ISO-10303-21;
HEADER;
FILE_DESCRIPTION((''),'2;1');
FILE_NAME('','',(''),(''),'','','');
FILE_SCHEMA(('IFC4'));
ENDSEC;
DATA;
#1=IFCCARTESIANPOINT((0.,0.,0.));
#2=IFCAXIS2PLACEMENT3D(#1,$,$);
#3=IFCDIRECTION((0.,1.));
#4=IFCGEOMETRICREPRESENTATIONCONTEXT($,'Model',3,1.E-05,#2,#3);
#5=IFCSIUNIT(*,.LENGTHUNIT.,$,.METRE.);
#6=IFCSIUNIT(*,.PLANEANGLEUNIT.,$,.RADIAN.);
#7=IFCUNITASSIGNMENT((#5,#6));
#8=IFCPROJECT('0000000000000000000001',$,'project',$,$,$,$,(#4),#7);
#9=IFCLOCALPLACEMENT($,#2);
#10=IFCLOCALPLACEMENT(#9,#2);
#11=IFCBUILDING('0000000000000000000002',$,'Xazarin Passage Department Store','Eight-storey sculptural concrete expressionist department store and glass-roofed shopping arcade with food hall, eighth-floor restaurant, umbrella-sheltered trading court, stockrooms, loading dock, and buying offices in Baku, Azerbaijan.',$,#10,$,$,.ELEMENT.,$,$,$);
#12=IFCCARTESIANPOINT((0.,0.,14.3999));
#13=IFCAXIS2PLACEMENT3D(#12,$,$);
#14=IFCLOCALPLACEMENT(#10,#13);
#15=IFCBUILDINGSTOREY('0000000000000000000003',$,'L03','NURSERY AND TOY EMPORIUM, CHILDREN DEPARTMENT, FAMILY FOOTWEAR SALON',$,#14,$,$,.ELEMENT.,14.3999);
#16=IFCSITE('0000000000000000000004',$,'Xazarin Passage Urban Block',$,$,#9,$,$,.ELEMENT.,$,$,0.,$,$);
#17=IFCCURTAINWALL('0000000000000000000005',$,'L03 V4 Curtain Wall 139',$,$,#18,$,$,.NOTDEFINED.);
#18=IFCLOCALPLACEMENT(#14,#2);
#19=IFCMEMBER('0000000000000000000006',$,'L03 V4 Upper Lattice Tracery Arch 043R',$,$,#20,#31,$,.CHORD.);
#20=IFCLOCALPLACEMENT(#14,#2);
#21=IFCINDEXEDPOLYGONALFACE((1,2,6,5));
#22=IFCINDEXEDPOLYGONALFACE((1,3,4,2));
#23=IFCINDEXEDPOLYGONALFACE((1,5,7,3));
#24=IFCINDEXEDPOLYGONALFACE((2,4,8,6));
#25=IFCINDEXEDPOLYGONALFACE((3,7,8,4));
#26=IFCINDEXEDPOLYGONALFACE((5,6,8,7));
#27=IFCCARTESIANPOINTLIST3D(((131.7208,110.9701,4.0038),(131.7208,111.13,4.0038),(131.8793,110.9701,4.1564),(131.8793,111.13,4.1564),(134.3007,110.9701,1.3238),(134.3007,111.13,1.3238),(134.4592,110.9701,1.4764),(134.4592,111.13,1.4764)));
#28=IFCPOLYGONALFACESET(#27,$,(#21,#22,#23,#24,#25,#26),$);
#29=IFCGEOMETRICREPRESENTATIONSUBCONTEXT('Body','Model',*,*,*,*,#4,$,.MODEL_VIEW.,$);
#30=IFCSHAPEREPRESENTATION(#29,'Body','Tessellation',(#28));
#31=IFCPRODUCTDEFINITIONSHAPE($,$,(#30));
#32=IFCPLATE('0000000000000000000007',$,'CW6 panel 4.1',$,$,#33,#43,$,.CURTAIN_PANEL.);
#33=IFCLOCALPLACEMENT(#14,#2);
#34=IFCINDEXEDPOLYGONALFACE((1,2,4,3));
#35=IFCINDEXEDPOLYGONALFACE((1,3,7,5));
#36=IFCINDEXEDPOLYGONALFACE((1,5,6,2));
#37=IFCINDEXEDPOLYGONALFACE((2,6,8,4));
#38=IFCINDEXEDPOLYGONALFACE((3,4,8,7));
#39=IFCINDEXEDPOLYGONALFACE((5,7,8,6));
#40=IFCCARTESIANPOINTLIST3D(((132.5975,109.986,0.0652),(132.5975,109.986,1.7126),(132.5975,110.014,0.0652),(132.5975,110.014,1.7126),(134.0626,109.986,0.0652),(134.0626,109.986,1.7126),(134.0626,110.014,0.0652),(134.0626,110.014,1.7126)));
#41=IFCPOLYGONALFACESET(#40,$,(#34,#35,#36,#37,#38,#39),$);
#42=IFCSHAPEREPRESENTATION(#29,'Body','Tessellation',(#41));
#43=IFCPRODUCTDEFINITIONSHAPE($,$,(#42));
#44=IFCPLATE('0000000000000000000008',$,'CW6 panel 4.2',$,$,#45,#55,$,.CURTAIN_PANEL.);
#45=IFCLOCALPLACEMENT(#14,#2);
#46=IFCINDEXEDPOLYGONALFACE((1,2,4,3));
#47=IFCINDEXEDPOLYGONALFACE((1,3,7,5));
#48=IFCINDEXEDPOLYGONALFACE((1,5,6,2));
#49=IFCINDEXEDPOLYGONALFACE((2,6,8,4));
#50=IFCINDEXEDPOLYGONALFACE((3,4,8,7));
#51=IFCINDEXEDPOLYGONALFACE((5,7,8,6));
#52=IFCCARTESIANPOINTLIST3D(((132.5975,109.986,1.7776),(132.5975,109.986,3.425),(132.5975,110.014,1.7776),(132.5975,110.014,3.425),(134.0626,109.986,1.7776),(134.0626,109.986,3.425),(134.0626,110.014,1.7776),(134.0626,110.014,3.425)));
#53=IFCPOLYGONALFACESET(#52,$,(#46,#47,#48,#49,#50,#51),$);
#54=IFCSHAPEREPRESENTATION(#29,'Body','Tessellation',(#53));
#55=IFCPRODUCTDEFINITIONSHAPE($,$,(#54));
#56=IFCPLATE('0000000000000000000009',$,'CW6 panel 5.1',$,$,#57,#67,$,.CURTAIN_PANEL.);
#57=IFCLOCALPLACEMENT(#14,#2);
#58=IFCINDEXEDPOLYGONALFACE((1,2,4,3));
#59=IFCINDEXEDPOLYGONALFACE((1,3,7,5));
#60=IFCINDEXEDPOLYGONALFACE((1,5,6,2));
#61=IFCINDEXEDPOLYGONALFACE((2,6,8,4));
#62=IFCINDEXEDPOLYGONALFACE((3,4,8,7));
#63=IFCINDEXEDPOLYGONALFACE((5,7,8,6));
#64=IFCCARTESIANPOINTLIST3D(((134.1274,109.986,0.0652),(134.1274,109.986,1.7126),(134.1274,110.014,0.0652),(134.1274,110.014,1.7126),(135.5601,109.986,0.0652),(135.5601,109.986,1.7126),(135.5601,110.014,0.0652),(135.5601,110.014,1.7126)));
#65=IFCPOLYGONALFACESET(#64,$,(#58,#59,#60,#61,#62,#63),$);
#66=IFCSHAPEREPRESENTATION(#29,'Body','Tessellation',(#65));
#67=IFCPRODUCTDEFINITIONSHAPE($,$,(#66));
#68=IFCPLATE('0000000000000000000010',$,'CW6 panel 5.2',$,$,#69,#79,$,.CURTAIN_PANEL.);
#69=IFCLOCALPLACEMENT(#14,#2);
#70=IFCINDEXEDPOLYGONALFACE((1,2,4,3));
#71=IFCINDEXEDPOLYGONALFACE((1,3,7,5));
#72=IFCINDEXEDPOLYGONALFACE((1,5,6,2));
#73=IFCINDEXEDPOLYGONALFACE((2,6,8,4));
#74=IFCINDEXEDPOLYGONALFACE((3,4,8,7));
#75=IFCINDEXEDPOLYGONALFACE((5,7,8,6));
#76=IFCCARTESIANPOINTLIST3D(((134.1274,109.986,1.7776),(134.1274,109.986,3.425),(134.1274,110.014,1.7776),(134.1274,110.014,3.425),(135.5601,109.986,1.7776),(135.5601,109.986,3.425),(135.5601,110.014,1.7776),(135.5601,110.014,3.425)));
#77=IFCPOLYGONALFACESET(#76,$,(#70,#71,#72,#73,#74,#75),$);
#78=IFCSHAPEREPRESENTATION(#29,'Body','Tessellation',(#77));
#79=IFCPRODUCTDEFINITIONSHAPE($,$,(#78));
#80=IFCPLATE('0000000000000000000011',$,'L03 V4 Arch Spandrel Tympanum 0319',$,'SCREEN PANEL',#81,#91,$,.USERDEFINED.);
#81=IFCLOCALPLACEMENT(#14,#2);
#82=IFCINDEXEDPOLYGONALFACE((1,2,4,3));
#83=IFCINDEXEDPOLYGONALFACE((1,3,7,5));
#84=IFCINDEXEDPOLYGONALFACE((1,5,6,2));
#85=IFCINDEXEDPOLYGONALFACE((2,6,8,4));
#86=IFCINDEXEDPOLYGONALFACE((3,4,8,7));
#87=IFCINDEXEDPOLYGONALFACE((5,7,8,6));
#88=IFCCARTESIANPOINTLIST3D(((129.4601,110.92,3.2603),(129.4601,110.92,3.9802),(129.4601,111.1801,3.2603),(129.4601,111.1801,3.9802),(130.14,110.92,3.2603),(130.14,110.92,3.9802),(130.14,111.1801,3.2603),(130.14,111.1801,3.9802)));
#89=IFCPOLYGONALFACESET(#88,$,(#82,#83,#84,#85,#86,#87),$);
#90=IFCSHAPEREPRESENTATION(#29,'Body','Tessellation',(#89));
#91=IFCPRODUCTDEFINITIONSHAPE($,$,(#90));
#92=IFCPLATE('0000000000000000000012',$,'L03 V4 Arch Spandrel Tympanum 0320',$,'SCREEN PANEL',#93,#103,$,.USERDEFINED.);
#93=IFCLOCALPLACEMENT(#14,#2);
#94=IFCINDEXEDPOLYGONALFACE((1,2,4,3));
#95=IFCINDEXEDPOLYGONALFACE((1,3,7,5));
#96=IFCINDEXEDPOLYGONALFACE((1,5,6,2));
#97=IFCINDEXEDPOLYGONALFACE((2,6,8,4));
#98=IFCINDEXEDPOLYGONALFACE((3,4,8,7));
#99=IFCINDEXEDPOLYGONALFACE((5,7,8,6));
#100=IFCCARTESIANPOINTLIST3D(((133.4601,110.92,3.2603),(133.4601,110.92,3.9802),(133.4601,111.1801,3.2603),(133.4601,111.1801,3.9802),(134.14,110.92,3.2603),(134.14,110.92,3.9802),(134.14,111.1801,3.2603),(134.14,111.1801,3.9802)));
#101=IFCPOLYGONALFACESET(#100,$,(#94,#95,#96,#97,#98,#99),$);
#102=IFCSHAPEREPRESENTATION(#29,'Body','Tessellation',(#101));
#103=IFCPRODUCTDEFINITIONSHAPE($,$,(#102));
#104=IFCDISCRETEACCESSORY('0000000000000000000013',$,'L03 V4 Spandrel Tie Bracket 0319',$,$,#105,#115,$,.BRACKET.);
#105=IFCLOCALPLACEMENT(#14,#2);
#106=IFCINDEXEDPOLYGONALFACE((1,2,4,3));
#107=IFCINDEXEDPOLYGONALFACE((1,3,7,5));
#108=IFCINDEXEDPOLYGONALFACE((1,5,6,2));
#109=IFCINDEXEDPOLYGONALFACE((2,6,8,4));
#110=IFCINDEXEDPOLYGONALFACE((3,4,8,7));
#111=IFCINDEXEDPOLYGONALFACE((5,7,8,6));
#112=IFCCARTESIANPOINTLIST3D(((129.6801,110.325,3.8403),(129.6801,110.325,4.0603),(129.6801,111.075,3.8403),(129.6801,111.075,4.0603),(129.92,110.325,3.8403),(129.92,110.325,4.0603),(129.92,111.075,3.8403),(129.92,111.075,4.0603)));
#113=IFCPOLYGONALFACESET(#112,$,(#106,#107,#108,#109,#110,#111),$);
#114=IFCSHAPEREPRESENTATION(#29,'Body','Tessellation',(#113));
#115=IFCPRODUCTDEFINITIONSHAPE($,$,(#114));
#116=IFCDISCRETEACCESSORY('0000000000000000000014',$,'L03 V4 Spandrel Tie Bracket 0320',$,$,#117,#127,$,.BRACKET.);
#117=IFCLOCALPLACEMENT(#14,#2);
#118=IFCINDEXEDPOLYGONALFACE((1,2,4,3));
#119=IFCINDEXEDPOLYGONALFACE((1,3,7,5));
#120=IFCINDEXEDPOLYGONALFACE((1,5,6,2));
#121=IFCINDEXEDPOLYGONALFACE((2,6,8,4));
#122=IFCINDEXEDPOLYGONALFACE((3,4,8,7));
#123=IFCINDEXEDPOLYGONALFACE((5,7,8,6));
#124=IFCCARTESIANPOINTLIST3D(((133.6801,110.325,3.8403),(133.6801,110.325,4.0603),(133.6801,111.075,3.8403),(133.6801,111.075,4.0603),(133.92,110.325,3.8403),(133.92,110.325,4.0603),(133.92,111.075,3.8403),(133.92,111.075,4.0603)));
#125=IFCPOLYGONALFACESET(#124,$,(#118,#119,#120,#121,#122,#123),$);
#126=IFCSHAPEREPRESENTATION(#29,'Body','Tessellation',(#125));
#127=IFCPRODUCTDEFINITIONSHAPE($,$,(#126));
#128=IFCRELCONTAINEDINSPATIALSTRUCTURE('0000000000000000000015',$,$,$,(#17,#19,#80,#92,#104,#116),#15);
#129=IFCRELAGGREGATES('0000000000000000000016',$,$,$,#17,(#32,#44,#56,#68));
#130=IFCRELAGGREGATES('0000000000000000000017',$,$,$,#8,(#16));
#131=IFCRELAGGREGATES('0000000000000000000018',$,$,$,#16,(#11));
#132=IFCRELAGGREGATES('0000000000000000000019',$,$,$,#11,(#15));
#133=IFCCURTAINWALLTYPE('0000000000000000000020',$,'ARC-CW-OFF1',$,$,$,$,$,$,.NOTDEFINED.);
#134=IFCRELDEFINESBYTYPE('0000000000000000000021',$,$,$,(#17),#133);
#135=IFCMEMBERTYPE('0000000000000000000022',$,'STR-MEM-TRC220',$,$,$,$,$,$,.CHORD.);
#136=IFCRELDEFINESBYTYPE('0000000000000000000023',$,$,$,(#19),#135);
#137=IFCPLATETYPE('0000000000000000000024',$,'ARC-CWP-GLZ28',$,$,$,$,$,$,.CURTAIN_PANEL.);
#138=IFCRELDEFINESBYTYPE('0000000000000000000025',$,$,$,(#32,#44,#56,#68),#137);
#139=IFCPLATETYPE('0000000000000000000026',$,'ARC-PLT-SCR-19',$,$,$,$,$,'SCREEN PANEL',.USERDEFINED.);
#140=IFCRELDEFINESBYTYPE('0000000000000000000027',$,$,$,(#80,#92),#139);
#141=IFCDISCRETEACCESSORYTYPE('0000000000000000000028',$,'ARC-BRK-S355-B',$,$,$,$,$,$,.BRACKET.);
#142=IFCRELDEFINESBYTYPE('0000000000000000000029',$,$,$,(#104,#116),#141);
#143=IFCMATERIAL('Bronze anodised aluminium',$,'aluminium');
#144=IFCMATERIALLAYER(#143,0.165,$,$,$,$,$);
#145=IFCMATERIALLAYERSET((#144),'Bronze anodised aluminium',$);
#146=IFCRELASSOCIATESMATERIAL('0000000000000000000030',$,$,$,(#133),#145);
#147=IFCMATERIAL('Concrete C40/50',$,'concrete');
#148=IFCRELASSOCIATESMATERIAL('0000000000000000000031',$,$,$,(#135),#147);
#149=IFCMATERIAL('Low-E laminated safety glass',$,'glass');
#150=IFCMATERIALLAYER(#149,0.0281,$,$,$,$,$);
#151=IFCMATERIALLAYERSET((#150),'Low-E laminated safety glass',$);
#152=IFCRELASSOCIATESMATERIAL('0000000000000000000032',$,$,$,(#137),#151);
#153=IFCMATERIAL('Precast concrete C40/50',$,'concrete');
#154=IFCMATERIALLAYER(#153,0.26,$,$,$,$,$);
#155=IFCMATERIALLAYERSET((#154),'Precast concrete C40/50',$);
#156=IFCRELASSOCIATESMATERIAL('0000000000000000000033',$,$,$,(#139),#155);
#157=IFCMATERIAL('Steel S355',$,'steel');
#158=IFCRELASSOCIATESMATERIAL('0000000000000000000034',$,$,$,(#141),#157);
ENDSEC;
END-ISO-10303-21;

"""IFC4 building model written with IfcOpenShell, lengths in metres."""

from ifc_helpers import new_model, si_unit, direction, frame, origin, origin_2d, place, context, subcontext, project, spatial, rectangle, extrude, material, layer, layer_set, material_profile, profile_set, type_object, element, aggregate, save


model = new_model("IFC4")

# Units and contexts
model_context = context("Model", 3, precision=1e-05, world=origin(), true_north=direction((0.0, 1.0)))
body_context = subcontext(model_context, "Body", "Model", "MODEL_VIEW")
ifc_project = project(units=[si_unit("LENGTHUNIT", "METRE"), si_unit("PLANEANGLEUNIT", "RADIAN")], contexts=[model_context])

# Site, building, storey
site_placement = place(None, origin())
site = spatial("IfcSite", under=ifc_project, at=site_placement, Name="Xazarin Passage Urban Block", CompositionType="ELEMENT", RefElevation=0.0)
building_placement = place(site_placement, origin())
building = spatial("IfcBuilding", under=site, at=building_placement, Name="Xazarin Passage Department Store", Description="Eight-storey sculptural concrete expressionist department store and glass-roofed shopping arcade with food hall, eighth-floor restaurant, umbrella-sheltered trading court, stockrooms, loading dock, and buying offices in Baku, Azerbaijan.", CompositionType="ELEMENT")
storey_placement = place(building_placement, frame((0.0, 0.0, 14.3999)))
storey = spatial("IfcBuildingStorey", under=building, at=storey_placement, Name="L03", Description="NURSERY AND TOY EMPORIUM, CHILDREN DEPARTMENT, FAMILY FOOTWEAR SALON", CompositionType="ELEMENT", Elevation=14.3999)

# Shared definitions
ifc_material_1 = material(Name="Concrete C40/50", Category="concrete")

# Curtain wall
ifc_material_2 = material(Name="Bronze anodised aluminium", Category="aluminium")
ifc_layer_1 = layer(ifc_material_2, 0.165)
ifc_layer_set_1 = layer_set([ifc_layer_1], Name="Bronze anodised aluminium")
curtain_wall_type = type_object("IfcCurtainWallType", Name="ARC-CW-OFF1", PredefinedType="NOTDEFINED", material=ifc_layer_set_1)
curtain_wall_placement = place(storey_placement, origin())
curtain_wall = element("IfcCurtainWall", 1, at=curtain_wall_placement, inside=storey, type_object=curtain_wall_type, Name="L03 V4 Curtain Wall 139", PredefinedType="NOTDEFINED")

# Member
ifc_material_profile_1 = material_profile(ifc_material_1, rectangle(XDim=0.1599, YDim=0.22, at=origin_2d()), Name="RC 160x220")
ifc_profile_set_1 = profile_set([ifc_material_profile_1], Name="Concrete C40/50")
member_type_1 = type_object("IfcMemberType", Name="STR-MEM-TRC220", PredefinedType="CHORD", material=ifc_profile_set_1)
for number, where, z_axis, x_axis, name in (
    (2, (131.8, 111.05, 4.0801), (0.693524, 0.0, -0.720433), (0.0, 1.0, 0.0), "L03 V4 Upper Lattice Tracery Arch 043R"),
):
    element("IfcMember", number, at=place(storey_placement, frame(where, z_axis=z_axis, x_axis=x_axis)), inside=storey, type_object=member_type_1, Name=name, PredefinedType="CHORD", context=body_context, shape_type="SweptSolid", body=[
        extrude(rectangle(XDim=0.1599, YDim=0.22, at=origin_2d()), origin(), (0.0, 0.0, 1.0), 3.72),
    ])

# Plates
ifc_material_3 = material(Name="Low-E laminated safety glass", Category="glass")
ifc_layer_2 = layer(ifc_material_3, 0.0281)
ifc_layer_set_2 = layer_set([ifc_layer_2], Name="Low-E laminated safety glass")
plate_type_1 = type_object("IfcPlateType", Name="ARC-CWP-GLZ28", PredefinedType="CURTAIN_PANEL", material=ifc_layer_set_2)
plate_1_placement = place(storey_placement, frame((133.3301, 110.0, 0.0652), z_axis=(0.0, 0.0, 1.0), x_axis=(1.0, 0.0, 0.0)))
plate_1 = element("IfcPlate", 3, at=plate_1_placement, type_object=plate_type_1, Name="CW6 panel 4.1", PredefinedType="CURTAIN_PANEL", context=body_context, shape_type="SweptSolid", body=[
    extrude(rectangle(XDim=1.4651, YDim=0.0281, at=origin_2d()), origin(), (0.0, 0.0, 1.0), 1.6475),
])
plate_2_placement = place(storey_placement, frame((133.3301, 110.0, 1.7776), z_axis=(0.0, 0.0, 1.0), x_axis=(1.0, 0.0, 0.0)))
plate_2 = element("IfcPlate", 4, at=plate_2_placement, type_object=plate_type_1, Name="CW6 panel 4.2", PredefinedType="CURTAIN_PANEL", context=body_context, shape_type="SweptSolid", body=[
    extrude(rectangle(XDim=1.4651, YDim=0.0281, at=origin_2d()), origin(), (0.0, 0.0, 1.0), 1.6475),
])
plate_3_placement = place(storey_placement, frame((134.8438, 110.0, 0.0652), z_axis=(0.0, 0.0, 1.0), x_axis=(1.0, 0.0, 0.0)))
plate_3 = element("IfcPlate", 5, at=plate_3_placement, type_object=plate_type_1, Name="CW6 panel 5.1", PredefinedType="CURTAIN_PANEL", context=body_context, shape_type="SweptSolid", body=[
    extrude(rectangle(XDim=1.4326, YDim=0.0281, at=origin_2d()), origin(), (0.0, 0.0, 1.0), 1.6475),
])
plate_4_placement = place(storey_placement, frame((134.8438, 110.0, 1.7776), z_axis=(0.0, 0.0, 1.0), x_axis=(1.0, 0.0, 0.0)))
plate_4 = element("IfcPlate", 6, at=plate_4_placement, type_object=plate_type_1, Name="CW6 panel 5.2", PredefinedType="CURTAIN_PANEL", context=body_context, shape_type="SweptSolid", body=[
    extrude(rectangle(XDim=1.4326, YDim=0.0281, at=origin_2d()), origin(), (0.0, 0.0, 1.0), 1.6475),
])
aggregate(curtain_wall, [plate_1, plate_2, plate_3, plate_4])

# Plates
ifc_material_4 = material(Name="Precast concrete C40/50", Category="concrete")
ifc_layer_3 = layer(ifc_material_4, 0.26)
ifc_layer_set_3 = layer_set([ifc_layer_3], Name="Precast concrete C40/50")
plate_type_2 = type_object("IfcPlateType", Name="ARC-PLT-SCR-19", ElementType="SCREEN PANEL", PredefinedType="USERDEFINED", material=ifc_layer_set_3)
for number, where, z_axis, x_axis, name in (
    (7, (129.8, 111.05, 3.2603), (0.0, 0.0, 1.0), (1.0, 0.0, 0.0), "L03 V4 Arch Spandrel Tympanum 0319"),
    (8, (133.8, 111.05, 3.2603), (0.0, 0.0, 1.0), (1.0, 0.0, 0.0), "L03 V4 Arch Spandrel Tympanum 0320"),
):
    element("IfcPlate", number, at=place(storey_placement, frame(where, z_axis=z_axis, x_axis=x_axis)), inside=storey, type_object=plate_type_2, Name=name, ObjectType="SCREEN PANEL", PredefinedType="USERDEFINED", context=body_context, shape_type="SweptSolid", body=[
        extrude(rectangle(XDim=0.6799, YDim=0.26, at=origin_2d()), origin(), (0.0, 0.0, 1.0), 0.72),
    ])

# Discrete accessories
ifc_material_5 = material(Name="Steel S355", Category="steel")
discrete_accessory_type = type_object("IfcDiscreteAccessoryType", Name="ARC-BRK-S355-B", PredefinedType="BRACKET", material=ifc_material_5)
for number, where, z_axis, x_axis, name in (
    (9, (129.8, 110.7, 3.8403), (0.0, 0.0, 1.0), (1.0, 0.0, 0.0), "L03 V4 Spandrel Tie Bracket 0319"),
    (10, (133.8, 110.7, 3.8403), (0.0, 0.0, 1.0), (1.0, 0.0, 0.0), "L03 V4 Spandrel Tie Bracket 0320"),
):
    element("IfcDiscreteAccessory", number, at=place(storey_placement, frame(where, z_axis=z_axis, x_axis=x_axis)), inside=storey, type_object=discrete_accessory_type, Name=name, PredefinedType="BRACKET", context=body_context, shape_type="SweptSolid", body=[
        extrude(rectangle(XDim=0.24, YDim=0.75, at=origin_2d()), origin(), (0.0, 0.0, 1.0), 0.22),
    ])

save(model, "model.ifc")
